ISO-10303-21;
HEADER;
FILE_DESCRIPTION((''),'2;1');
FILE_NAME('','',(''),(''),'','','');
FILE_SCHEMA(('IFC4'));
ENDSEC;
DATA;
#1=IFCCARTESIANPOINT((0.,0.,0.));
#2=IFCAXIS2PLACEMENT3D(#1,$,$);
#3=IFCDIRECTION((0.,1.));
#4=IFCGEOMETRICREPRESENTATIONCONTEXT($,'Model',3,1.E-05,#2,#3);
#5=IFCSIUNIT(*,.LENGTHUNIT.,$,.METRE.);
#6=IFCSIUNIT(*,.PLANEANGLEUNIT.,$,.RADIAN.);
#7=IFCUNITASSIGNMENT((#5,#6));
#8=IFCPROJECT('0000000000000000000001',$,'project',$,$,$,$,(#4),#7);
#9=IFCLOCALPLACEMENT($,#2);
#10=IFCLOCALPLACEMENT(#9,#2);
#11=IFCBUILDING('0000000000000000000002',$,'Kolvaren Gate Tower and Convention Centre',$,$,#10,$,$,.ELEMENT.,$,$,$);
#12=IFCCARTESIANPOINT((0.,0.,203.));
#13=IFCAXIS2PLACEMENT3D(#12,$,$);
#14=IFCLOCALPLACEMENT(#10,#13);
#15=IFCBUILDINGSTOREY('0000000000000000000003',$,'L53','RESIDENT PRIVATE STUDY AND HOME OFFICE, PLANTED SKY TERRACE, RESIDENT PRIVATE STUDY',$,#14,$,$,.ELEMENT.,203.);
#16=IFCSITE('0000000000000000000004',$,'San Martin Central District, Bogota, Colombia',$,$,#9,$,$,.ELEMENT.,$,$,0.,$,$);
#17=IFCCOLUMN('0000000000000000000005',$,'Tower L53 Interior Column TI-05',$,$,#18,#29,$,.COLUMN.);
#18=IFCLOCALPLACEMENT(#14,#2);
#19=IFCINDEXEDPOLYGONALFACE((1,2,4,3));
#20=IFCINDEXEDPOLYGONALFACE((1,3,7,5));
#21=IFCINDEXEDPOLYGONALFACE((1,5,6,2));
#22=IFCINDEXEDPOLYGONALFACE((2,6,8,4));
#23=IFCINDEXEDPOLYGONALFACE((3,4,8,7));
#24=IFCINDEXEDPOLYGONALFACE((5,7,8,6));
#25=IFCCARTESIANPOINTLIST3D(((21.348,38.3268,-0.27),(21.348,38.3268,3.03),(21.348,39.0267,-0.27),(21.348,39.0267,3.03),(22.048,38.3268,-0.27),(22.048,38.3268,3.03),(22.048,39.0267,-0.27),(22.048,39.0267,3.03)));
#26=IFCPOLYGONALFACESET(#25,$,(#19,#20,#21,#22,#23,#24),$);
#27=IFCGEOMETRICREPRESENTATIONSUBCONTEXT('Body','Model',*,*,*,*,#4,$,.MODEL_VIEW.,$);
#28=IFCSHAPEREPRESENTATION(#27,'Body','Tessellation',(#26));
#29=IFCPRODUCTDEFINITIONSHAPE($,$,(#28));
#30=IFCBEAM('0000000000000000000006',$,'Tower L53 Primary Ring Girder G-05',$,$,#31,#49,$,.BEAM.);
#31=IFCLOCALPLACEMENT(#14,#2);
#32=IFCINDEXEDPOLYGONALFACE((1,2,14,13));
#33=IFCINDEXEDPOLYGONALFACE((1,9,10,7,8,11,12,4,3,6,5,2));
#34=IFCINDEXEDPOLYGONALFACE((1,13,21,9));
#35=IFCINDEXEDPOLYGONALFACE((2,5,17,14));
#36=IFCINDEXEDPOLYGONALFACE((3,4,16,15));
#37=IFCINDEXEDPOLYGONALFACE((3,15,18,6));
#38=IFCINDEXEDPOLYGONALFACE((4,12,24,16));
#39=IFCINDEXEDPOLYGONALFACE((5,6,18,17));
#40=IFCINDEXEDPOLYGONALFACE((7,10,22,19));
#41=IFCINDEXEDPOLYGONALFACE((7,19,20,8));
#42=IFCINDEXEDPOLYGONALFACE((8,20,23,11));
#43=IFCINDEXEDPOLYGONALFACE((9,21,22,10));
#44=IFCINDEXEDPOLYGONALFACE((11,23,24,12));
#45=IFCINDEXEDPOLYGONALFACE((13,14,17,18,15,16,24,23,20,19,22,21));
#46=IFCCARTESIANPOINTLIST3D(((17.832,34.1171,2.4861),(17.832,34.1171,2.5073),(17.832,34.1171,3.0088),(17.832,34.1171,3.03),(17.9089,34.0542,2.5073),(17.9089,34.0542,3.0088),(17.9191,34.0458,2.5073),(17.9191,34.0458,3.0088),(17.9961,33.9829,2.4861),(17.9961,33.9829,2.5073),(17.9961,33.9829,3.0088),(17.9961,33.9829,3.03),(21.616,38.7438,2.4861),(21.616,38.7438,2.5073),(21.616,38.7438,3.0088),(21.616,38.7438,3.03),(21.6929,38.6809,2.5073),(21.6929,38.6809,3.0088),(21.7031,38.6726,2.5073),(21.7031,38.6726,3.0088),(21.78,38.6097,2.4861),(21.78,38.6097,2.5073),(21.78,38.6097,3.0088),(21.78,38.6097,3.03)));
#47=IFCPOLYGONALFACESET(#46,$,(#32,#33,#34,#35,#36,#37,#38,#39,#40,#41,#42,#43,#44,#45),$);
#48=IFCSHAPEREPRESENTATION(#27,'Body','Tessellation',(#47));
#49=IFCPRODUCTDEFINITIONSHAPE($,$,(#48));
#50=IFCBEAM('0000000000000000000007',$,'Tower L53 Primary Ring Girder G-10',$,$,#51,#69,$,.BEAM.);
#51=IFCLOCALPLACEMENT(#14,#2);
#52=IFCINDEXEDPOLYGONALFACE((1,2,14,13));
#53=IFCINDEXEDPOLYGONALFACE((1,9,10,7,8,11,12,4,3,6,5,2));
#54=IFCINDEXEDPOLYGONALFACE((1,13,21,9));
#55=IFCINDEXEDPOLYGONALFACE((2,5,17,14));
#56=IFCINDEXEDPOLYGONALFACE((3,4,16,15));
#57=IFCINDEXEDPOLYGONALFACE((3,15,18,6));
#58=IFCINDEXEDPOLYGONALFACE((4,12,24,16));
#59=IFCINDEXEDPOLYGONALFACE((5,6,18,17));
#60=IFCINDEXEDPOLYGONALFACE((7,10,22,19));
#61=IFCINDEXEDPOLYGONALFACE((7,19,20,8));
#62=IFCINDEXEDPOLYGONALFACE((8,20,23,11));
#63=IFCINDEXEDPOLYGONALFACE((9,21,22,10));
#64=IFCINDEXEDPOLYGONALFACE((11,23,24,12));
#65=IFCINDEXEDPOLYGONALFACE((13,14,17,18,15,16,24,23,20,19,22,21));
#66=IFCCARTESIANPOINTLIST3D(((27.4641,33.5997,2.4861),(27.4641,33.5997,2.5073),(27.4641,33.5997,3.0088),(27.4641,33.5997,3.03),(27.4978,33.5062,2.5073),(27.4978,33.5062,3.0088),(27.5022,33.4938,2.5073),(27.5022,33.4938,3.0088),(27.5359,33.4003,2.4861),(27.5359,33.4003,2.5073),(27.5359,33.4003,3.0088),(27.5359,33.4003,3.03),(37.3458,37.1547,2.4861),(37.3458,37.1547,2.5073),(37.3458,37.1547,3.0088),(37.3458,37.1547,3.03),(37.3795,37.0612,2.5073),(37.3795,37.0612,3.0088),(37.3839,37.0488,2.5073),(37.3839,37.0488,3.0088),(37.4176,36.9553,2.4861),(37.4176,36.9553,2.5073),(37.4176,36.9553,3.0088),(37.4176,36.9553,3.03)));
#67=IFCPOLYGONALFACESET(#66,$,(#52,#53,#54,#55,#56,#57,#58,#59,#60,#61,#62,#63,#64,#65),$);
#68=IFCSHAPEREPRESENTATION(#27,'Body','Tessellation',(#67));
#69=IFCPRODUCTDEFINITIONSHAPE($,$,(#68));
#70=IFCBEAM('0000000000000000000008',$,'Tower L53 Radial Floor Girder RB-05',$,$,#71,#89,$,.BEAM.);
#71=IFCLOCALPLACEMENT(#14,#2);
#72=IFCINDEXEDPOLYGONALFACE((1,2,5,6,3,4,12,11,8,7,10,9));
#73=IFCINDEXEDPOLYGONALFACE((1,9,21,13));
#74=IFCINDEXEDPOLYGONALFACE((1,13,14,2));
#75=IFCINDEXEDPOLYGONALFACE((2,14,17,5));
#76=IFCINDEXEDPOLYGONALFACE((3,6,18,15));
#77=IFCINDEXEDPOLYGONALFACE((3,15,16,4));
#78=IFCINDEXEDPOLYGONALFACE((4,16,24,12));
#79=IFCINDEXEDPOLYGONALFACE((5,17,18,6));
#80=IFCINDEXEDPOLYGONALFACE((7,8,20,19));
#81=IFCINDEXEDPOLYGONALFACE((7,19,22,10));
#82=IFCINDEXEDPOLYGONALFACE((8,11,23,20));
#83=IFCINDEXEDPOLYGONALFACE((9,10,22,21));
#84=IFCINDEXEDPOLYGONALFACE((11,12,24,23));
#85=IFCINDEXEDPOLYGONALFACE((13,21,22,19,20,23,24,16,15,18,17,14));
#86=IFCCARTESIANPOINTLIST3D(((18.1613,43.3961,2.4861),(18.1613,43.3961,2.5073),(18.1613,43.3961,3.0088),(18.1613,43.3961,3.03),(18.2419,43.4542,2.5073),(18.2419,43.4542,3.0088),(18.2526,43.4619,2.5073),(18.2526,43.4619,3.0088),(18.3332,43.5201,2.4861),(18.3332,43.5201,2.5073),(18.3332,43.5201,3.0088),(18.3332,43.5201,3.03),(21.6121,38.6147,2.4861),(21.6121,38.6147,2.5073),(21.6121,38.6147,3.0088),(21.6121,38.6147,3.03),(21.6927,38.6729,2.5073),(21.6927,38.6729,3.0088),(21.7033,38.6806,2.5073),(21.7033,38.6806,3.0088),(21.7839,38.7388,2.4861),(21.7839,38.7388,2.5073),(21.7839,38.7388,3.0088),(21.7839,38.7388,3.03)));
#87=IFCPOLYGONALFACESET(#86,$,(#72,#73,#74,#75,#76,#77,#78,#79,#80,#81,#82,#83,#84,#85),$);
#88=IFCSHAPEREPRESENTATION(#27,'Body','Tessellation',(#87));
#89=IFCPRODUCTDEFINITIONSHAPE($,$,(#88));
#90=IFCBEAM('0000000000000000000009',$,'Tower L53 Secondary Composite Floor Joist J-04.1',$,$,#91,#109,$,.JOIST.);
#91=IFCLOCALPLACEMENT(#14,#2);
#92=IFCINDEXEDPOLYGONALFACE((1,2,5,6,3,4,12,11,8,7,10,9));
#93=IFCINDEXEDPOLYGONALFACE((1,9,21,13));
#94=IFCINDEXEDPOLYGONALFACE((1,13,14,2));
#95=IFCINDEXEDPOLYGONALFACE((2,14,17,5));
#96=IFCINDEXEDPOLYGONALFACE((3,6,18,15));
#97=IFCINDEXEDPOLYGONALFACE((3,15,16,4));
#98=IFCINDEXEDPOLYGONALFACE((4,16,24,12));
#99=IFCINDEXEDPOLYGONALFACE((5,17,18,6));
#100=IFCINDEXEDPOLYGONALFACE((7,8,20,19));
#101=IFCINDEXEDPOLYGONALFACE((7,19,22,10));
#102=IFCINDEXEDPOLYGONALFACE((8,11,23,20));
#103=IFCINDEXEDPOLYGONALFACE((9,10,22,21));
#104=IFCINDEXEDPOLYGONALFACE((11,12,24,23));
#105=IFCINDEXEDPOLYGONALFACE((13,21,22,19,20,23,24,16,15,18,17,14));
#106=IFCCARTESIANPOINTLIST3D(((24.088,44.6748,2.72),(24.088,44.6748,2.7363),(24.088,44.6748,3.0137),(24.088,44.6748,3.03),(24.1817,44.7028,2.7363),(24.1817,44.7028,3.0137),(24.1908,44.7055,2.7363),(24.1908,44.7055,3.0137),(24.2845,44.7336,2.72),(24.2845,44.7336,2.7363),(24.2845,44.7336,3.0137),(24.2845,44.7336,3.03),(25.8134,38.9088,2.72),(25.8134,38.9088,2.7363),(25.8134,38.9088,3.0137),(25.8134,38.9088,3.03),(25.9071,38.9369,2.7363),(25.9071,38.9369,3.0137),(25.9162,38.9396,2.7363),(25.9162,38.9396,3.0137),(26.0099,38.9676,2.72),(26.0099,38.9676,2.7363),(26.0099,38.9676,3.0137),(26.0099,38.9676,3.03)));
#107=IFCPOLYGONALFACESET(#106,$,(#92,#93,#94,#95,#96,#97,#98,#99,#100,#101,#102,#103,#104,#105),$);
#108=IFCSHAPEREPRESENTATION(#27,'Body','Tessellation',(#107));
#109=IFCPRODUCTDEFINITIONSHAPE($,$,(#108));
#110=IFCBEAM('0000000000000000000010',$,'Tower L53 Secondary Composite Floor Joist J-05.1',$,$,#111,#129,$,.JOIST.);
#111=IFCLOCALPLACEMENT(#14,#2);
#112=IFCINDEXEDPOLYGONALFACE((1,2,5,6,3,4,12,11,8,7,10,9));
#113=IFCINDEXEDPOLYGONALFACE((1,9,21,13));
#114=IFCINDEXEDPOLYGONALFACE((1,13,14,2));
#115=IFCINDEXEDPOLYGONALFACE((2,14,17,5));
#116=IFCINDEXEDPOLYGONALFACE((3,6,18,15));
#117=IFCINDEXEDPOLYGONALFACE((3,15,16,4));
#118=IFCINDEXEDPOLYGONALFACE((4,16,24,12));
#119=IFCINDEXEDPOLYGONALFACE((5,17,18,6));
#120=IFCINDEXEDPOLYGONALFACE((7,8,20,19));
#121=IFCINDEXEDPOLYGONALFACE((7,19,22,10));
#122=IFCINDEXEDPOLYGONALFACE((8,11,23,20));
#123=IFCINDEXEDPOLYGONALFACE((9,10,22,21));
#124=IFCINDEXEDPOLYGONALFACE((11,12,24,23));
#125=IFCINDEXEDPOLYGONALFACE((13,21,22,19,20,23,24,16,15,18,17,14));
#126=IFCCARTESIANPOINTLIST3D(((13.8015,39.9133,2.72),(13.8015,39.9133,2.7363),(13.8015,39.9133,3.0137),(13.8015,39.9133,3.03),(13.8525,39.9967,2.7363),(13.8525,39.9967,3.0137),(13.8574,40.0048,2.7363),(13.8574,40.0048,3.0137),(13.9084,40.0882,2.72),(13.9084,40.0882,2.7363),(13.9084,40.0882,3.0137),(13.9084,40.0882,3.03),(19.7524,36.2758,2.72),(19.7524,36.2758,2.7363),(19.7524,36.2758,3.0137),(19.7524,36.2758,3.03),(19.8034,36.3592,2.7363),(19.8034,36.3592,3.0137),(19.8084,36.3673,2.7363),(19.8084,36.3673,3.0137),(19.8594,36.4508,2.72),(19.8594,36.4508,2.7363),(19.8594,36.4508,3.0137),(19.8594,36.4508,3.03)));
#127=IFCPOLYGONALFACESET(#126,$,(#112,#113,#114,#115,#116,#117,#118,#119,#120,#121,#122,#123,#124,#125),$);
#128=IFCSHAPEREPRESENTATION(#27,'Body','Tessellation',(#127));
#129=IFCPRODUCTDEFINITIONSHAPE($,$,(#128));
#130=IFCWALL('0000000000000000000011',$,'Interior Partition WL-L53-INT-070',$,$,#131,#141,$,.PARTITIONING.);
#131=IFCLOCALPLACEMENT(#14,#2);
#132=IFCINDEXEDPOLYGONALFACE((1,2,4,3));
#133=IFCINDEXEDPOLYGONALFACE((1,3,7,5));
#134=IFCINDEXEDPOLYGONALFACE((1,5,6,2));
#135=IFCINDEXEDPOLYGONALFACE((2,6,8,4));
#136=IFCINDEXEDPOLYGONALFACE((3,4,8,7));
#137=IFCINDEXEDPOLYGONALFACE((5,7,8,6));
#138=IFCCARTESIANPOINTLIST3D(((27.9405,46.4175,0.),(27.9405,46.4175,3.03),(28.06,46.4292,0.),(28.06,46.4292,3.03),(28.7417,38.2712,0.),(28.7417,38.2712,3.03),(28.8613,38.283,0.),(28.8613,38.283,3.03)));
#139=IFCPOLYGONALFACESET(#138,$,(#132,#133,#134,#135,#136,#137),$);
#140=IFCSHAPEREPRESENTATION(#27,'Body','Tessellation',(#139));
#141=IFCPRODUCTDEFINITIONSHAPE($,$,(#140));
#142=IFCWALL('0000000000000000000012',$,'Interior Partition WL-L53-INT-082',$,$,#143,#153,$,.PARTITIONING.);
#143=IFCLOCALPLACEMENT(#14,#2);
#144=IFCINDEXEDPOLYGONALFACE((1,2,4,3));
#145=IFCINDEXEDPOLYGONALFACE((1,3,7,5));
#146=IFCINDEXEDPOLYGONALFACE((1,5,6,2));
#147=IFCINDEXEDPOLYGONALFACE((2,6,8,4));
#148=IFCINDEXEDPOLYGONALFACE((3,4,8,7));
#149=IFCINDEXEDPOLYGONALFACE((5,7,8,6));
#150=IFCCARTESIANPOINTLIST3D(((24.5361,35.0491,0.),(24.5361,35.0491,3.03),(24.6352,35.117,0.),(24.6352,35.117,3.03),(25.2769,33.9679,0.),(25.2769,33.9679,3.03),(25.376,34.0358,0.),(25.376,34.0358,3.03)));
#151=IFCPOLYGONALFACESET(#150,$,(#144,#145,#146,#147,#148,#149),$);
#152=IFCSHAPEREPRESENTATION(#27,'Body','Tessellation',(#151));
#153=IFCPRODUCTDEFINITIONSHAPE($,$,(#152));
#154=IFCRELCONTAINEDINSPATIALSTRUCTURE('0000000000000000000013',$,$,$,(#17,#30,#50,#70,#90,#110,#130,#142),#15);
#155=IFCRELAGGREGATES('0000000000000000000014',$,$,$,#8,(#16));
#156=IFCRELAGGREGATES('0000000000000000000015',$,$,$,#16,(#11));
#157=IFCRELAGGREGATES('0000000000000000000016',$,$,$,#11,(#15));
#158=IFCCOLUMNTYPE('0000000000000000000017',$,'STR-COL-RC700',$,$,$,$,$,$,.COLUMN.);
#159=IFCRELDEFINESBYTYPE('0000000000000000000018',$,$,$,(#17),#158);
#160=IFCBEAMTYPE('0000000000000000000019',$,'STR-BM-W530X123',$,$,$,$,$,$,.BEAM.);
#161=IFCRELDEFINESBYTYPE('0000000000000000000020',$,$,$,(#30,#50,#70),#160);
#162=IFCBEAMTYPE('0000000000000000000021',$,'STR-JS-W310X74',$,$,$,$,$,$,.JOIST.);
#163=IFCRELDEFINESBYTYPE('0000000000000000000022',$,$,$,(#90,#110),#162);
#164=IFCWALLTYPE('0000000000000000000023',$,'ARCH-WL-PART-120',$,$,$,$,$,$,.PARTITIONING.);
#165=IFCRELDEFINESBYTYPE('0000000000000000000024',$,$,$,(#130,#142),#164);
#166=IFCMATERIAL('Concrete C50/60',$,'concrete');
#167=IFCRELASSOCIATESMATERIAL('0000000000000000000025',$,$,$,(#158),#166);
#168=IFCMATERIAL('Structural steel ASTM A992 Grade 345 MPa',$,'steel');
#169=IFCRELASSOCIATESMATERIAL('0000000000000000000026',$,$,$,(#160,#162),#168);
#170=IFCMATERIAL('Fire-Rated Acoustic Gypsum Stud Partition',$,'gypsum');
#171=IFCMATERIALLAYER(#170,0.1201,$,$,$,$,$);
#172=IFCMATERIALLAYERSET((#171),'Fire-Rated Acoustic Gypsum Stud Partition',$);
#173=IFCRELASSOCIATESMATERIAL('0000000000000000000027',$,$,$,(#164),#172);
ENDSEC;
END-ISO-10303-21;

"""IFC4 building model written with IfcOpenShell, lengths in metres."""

from ifc_helpers import new_model, si_unit, direction, frame, frame_2d, origin, origin_2d, place, context, subcontext, project, spatial, rectangle, i_section, extrude, material, layer, layer_set, material_profile, profile_set, type_object, element, save


model = new_model("IFC4")

# Units and contexts
model_context = context("Model", 3, precision=1e-05, world=origin(), true_north=direction((0.0, 1.0)))
body_context = subcontext(model_context, "Body", "Model", "MODEL_VIEW")
ifc_project = project(units=[si_unit("LENGTHUNIT", "METRE"), si_unit("PLANEANGLEUNIT", "RADIAN")], contexts=[model_context])

# Site, building, storey
site_placement = place(None, origin())
site = spatial("IfcSite", under=ifc_project, at=site_placement, Name="San Martin Central District, Bogota, Colombia", CompositionType="ELEMENT", RefElevation=0.0)
building_placement = place(site_placement, origin())
building = spatial("IfcBuilding", under=site, at=building_placement, Name="Kolvaren Gate Tower and Convention Centre", CompositionType="ELEMENT")
storey_placement = place(building_placement, frame((0.0, 0.0, 203.0)))
storey = spatial("IfcBuildingStorey", under=building, at=storey_placement, Name="L53", Description="RESIDENT PRIVATE STUDY AND HOME OFFICE, PLANTED SKY TERRACE, RESIDENT PRIVATE STUDY", CompositionType="ELEMENT", Elevation=203.0)

# Column
ifc_material_1 = material(Name="Concrete C50/60", Category="concrete")
ifc_material_profile_1 = material_profile(ifc_material_1, rectangle(XDim=0.7, YDim=0.7, at=origin_2d()), Name="RC-COL-700X700")
ifc_profile_set_1 = profile_set([ifc_material_profile_1], Name="Concrete C50/60")
column_type = type_object("IfcColumnType", Name="STR-COL-RC700", PredefinedType="COLUMN", material=ifc_profile_set_1)
column_placement = place(storey_placement, frame((21.698, 38.6768, -0.27), z_axis=(0.0, 0.0, 1.0), x_axis=(1.0, 0.0, 0.0)))
element("IfcColumn", 1, at=column_placement, inside=storey, type_object=column_type, Name="Tower L53 Interior Column TI-05", PredefinedType="COLUMN", context=body_context, shape_type="SweptSolid", body=[
    extrude(rectangle(XDim=0.7, YDim=0.7, at=origin_2d()), origin(), (0.0, 0.0, 1.0), 3.3),
])

# Beams
ifc_material_2 = material(Name="Structural steel ASTM A992 Grade 345 MPa", Category="steel")
ifc_material_profile_2 = material_profile(ifc_material_2, i_section(OverallWidth=0.2119, OverallDepth=0.5439, WebThickness=0.0132, FlangeThickness=0.0212, at=origin_2d()), Name="W530X123")
ifc_profile_set_2 = profile_set([ifc_material_profile_2], Name="Structural steel ASTM A992 Grade 345 MPa")
beam_type_1 = type_object("IfcBeamType", Name="STR-BM-W530X123", PredefinedType="BEAM", material=ifc_profile_set_2)
beam_1_placement = place(storey_placement, frame((21.698, 38.6768, 2.7581), z_axis=(-0.633082, -0.774085, 0.0), x_axis=(0.774085, -0.633082, 0.0)))
element("IfcBeam", 2, at=beam_1_placement, inside=storey, type_object=beam_type_1, Name="Tower L53 Primary Ring Girder G-05", PredefinedType="BEAM", context=body_context, shape_type="SweptSolid", body=[
    extrude(i_section(OverallWidth=0.2119, OverallDepth=0.5439, WebThickness=0.0132, FlangeThickness=0.0212, at=origin_2d()), origin(), (0.0, 0.0, 1.0), 5.9771),
])
beam_2_placement = place(storey_placement, frame((27.5, 33.5, 2.7581), z_axis=(0.940961, 0.338514, 0.0), x_axis=(-0.338514, 0.940961, 0.0)))
element("IfcBeam", 3, at=beam_2_placement, inside=storey, type_object=beam_type_1, Name="Tower L53 Primary Ring Girder G-10", PredefinedType="BEAM", context=body_context, shape_type="SweptSolid", body=[
    extrude(i_section(OverallWidth=0.2119, OverallDepth=0.5439, WebThickness=0.0132, FlangeThickness=0.0212, at=origin_2d()), origin(), (0.0, 0.0, 1.0), 10.5017),
])
beam_3_placement = place(storey_placement, frame((21.698, 38.6768, 2.7581), z_axis=(-0.585218, 0.810876, 0.0), x_axis=(-0.810876, -0.585218, 0.0)))
element("IfcBeam", 4, at=beam_3_placement, inside=storey, type_object=beam_type_1, Name="Tower L53 Radial Floor Girder RB-05", PredefinedType="BEAM", context=body_context, shape_type="SweptSolid", body=[
    extrude(i_section(OverallWidth=0.2119, OverallDepth=0.5439, WebThickness=0.0132, FlangeThickness=0.0212, at=origin_2d()), origin(), (0.0, 0.0, 1.0), 5.8965),
])
ifc_material_profile_3 = material_profile(ifc_material_2, i_section(OverallWidth=0.2051, OverallDepth=0.3101, WebThickness=0.0095, FlangeThickness=0.0164, at=origin_2d()), Name="W310X74")
ifc_profile_set_3 = profile_set([ifc_material_profile_3], Name="Structural steel ASTM A992 Grade 345 MPa")
beam_type_2 = type_object("IfcBeamType", Name="STR-JS-W310X74", PredefinedType="JOIST", material=ifc_profile_set_3)
beam_4_placement = place(storey_placement, frame((25.9116, 38.9382, 2.875), z_axis=(-0.286674, 0.958028, 0.0), x_axis=(-0.958028, -0.286674, 0.0)))
element("IfcBeam", 5, at=beam_4_placement, inside=storey, type_object=beam_type_2, Name="Tower L53 Secondary Composite Floor Joist J-04.1", PredefinedType="JOIST", context=body_context, shape_type="SweptSolid", body=[
    extrude(i_section(OverallWidth=0.2051, OverallDepth=0.3101, WebThickness=0.0095, FlangeThickness=0.0164, at=origin_2d()), origin(), (0.0, 0.0, 1.0), 6.0186),
])
beam_5_placement = place(storey_placement, frame((19.8059, 36.3633, 2.875), z_axis=(-0.853233, 0.521531, 0.0), x_axis=(-0.521531, -0.853233, 0.0)))
element("IfcBeam", 6, at=beam_5_placement, inside=storey, type_object=beam_type_2, Name="Tower L53 Secondary Composite Floor Joist J-05.1", PredefinedType="JOIST", context=body_context, shape_type="SweptSolid", body=[
    extrude(i_section(OverallWidth=0.2051, OverallDepth=0.3101, WebThickness=0.0095, FlangeThickness=0.0164, at=origin_2d()), origin(), (0.0, 0.0, 1.0), 6.9746),
])

# Walls
ifc_material_3 = material(Name="Fire-Rated Acoustic Gypsum Stud Partition", Category="gypsum")
ifc_layer_1 = layer(ifc_material_3, 0.1201)
ifc_layer_set_1 = layer_set([ifc_layer_1], Name="Fire-Rated Acoustic Gypsum Stud Partition")
wall_type_1 = type_object("IfcWallType", Name="ARCH-WL-PART-120", PredefinedType="PARTITIONING", material=ifc_layer_set_1)
wall_1_placement = place(storey_placement, frame((28.0002, 46.4233, 0.0), z_axis=(0.0, 0.0, 1.0), x_axis=(0.097888, -0.995197, 0.0)))
element("IfcWall", 7, at=wall_1_placement, inside=storey, type_object=wall_type_1, Name="Interior Partition WL-L53-INT-070", PredefinedType="PARTITIONING", context=body_context, shape_type="SweptSolid", body=[
    extrude(rectangle(XDim=8.1855, YDim=0.1201, at=frame_2d((4.0928, 0.0))), origin(), (0.0, 0.0, 1.0), 3.03),
])
wall_2_placement = place(storey_placement, frame((24.5857, 35.083, 0.0), z_axis=(0.0, 0.0, 1.0), x_axis=(0.565231, -0.824932, 0.0)))
element("IfcWall", 8, at=wall_2_placement, inside=storey, type_object=wall_type_1, Name="Interior Partition WL-L53-INT-082", PredefinedType="PARTITIONING", context=body_context, shape_type="SweptSolid", body=[
    extrude(rectangle(XDim=1.3105, YDim=0.1201, at=frame_2d((0.6553, 0.0))), origin(), (0.0, 0.0, 1.0), 3.03),
])

save(model, "model.ifc")
